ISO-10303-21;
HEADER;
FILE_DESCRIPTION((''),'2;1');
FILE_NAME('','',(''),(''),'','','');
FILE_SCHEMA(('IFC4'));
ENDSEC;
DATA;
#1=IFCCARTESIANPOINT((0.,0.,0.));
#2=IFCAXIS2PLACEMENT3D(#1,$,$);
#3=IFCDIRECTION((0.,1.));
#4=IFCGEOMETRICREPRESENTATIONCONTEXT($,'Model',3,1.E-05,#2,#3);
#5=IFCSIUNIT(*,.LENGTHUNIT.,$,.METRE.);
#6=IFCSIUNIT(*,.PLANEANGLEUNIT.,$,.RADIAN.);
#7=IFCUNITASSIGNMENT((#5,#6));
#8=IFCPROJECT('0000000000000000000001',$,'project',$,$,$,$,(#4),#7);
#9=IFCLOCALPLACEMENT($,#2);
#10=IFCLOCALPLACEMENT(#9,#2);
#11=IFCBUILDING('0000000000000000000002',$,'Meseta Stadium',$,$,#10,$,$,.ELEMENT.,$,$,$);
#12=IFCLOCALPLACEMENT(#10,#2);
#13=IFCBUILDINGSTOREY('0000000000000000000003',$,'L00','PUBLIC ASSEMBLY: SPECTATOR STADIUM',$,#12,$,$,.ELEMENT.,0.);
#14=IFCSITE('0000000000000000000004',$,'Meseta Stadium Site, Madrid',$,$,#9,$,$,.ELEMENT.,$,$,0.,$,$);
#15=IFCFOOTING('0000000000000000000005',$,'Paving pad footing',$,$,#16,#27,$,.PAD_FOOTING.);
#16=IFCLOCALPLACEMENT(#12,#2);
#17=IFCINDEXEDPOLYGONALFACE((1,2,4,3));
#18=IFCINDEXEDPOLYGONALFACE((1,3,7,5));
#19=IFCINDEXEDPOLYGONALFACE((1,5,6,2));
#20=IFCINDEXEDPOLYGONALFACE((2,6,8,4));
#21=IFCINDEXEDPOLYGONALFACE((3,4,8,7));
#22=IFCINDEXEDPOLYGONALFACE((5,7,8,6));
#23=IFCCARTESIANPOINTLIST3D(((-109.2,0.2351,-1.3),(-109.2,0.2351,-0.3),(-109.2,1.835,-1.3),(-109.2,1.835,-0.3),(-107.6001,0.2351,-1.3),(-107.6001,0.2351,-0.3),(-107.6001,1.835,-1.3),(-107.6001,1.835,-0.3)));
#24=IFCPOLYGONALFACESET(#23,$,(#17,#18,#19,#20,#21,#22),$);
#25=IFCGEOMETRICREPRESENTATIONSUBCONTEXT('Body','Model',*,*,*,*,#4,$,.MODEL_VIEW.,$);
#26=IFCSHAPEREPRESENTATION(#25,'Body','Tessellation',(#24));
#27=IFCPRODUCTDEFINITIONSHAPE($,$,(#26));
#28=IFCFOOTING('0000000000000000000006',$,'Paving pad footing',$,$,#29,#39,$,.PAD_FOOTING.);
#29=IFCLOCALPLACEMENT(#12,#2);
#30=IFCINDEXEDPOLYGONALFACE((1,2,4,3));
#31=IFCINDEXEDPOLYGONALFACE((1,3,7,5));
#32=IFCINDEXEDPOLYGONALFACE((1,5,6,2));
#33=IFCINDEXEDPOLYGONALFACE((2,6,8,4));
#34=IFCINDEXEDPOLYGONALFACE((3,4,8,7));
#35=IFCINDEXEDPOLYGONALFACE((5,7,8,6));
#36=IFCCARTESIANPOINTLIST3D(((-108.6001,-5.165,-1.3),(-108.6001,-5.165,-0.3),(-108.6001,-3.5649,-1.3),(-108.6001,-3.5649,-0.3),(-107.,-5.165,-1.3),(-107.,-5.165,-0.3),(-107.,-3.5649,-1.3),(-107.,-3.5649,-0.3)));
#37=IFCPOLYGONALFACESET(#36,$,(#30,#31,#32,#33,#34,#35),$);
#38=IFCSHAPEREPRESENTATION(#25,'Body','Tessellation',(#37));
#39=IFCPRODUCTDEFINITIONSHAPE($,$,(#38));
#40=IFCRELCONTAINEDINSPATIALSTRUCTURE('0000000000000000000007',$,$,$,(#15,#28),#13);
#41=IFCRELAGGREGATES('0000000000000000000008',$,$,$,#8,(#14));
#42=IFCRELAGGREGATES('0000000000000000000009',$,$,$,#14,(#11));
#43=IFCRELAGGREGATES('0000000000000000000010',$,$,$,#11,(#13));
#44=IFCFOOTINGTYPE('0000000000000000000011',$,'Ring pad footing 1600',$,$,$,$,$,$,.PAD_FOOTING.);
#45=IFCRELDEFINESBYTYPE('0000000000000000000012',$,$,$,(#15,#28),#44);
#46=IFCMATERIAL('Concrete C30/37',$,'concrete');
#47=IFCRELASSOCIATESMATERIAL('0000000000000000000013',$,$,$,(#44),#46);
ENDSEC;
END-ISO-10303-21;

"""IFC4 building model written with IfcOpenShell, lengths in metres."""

from ifc_helpers import new_model, si_unit, direction, frame, origin, place, context, subcontext, project, spatial, polyline, outline, extrude, material, type_object, element, save


model = new_model("IFC4")

# Units and contexts
model_context = context("Model", 3, precision=1e-05, world=origin(), true_north=direction((0.0, 1.0)))
body_context = subcontext(model_context, "Body", "Model", "MODEL_VIEW")
ifc_project = project(units=[si_unit("LENGTHUNIT", "METRE"), si_unit("PLANEANGLEUNIT", "RADIAN")], contexts=[model_context])

# Site, building, storey
site_placement = place(None, origin())
site = spatial("IfcSite", under=ifc_project, at=site_placement, Name="Meseta Stadium Site, Madrid", CompositionType="ELEMENT", RefElevation=0.0)
building_placement = place(site_placement, origin())
building = spatial("IfcBuilding", under=site, at=building_placement, Name="Meseta Stadium", CompositionType="ELEMENT")
storey_placement = place(building_placement, origin())
storey = spatial("IfcBuildingStorey", under=building, at=storey_placement, Name="L00", Description="PUBLIC ASSEMBLY: SPECTATOR STADIUM", CompositionType="ELEMENT", Elevation=0.0)

# Footings
ifc_material_1 = material(Name="Concrete C30/37", Category="concrete")
footing_type_1 = type_object("IfcFootingType", Name="Ring pad footing 1600", PredefinedType="PAD_FOOTING", material=ifc_material_1)
footing_1_placement = place(storey_placement, frame((0.0, 0.0, -1.3)))
element("IfcFooting", 1, at=footing_1_placement, inside=storey, type_object=footing_type_1, Name="Paving pad footing", PredefinedType="PAD_FOOTING", context=body_context, shape_type="SweptSolid", body=[
    extrude(outline(polyline([(-107.6001, 0.2351), (-107.6001, 1.835), (-109.2, 1.835), (-109.2, 0.2351), (-107.6001, 0.2351)])), origin(), (0.0, 0.0, 1.0), 1.0),
])
footing_2_placement = place(storey_placement, frame((0.0, 0.0, -1.3)))
element("IfcFooting", 2, at=footing_2_placement, inside=storey, type_object=footing_type_1, Name="Paving pad footing", PredefinedType="PAD_FOOTING", context=body_context, shape_type="SweptSolid", body=[
    extrude(outline(polyline([(-107.0, -5.165), (-107.0, -3.5649), (-108.6001, -3.5649), (-108.6001, -5.165), (-107.0, -5.165)])), origin(), (0.0, 0.0, 1.0), 1.0),
])

save(model, "model.ifc")
